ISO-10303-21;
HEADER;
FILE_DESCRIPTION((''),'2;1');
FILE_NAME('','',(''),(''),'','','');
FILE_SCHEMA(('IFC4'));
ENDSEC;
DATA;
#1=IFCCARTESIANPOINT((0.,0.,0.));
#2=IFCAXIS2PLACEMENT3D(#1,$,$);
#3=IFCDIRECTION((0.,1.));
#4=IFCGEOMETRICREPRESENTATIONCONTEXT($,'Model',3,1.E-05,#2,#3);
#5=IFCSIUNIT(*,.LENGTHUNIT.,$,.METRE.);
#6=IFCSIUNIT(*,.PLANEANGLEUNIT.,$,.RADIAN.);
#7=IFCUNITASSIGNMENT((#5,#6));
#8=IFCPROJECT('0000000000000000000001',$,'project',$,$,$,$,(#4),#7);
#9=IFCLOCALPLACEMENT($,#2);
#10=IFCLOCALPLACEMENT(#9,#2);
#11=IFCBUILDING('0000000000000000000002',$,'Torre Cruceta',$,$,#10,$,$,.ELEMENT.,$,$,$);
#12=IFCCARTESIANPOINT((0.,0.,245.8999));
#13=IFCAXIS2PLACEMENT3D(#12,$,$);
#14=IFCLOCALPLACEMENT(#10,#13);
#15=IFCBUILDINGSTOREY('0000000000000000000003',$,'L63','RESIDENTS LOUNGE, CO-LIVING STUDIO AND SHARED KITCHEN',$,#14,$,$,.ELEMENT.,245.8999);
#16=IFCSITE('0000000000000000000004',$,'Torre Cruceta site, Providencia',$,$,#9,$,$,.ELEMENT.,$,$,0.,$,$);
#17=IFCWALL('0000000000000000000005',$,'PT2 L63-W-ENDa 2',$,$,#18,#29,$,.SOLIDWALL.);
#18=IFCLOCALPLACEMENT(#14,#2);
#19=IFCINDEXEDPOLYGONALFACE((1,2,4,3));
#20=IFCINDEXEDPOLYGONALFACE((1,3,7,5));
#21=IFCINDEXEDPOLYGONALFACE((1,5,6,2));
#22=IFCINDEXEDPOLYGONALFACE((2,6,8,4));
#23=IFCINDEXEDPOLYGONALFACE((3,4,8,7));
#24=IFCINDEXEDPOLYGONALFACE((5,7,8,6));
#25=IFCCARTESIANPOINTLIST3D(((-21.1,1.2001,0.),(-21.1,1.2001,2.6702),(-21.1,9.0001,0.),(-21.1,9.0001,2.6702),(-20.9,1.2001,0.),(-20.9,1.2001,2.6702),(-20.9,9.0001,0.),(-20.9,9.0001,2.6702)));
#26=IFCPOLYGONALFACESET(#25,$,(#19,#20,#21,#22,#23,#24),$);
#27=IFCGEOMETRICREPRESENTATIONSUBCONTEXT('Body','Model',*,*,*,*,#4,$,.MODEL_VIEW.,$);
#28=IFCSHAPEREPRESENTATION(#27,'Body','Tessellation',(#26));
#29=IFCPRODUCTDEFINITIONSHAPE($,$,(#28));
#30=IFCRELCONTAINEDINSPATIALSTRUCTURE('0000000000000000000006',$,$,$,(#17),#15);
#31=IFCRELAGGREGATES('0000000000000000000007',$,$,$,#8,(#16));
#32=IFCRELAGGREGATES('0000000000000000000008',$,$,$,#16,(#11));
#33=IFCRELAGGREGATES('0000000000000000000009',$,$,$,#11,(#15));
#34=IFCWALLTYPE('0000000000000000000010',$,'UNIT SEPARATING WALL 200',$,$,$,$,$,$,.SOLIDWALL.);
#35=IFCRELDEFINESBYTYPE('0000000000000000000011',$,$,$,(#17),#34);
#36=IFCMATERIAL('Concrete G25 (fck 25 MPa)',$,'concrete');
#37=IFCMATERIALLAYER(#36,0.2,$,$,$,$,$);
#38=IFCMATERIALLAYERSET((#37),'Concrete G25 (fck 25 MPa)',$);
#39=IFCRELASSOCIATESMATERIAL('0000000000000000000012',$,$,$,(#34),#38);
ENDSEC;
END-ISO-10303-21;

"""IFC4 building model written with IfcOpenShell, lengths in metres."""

from ifc_helpers import new_model, si_unit, direction, frame, frame_2d, origin, place, context, subcontext, project, spatial, rectangle, extrude, material, layer, layer_set, type_object, element, save


model = new_model("IFC4")

# Units and contexts
model_context = context("Model", 3, precision=1e-05, world=origin(), true_north=direction((0.0, 1.0)))
body_context = subcontext(model_context, "Body", "Model", "MODEL_VIEW")
ifc_project = project(units=[si_unit("LENGTHUNIT", "METRE"), si_unit("PLANEANGLEUNIT", "RADIAN")], contexts=[model_context])

# Site, building, storey
site_placement = place(None, origin())
site = spatial("IfcSite", under=ifc_project, at=site_placement, Name="Torre Cruceta site, Providencia", CompositionType="ELEMENT", RefElevation=0.0)
building_placement = place(site_placement, origin())
building = spatial("IfcBuilding", under=site, at=building_placement, Name="Torre Cruceta", CompositionType="ELEMENT")
storey_placement = place(building_placement, frame((0.0, 0.0, 245.8999)))
storey = spatial("IfcBuildingStorey", under=building, at=storey_placement, Name="L63", Description="RESIDENTS LOUNGE, CO-LIVING STUDIO AND SHARED KITCHEN", CompositionType="ELEMENT", Elevation=245.8999)

# Wall
ifc_material_1 = material(Name="Concrete G25 (fck 25 MPa)", Category="concrete")
ifc_layer_1 = layer(ifc_material_1, 0.2)
ifc_layer_set_1 = layer_set([ifc_layer_1], Name="Concrete G25 (fck 25 MPa)")
wall_type_1 = type_object("IfcWallType", Name="UNIT SEPARATING WALL 200", PredefinedType="SOLIDWALL", material=ifc_layer_set_1)
wall_1_placement = place(storey_placement, frame((-21.0, 9.0, 0.0), z_axis=(0.0, 0.0, 1.0), x_axis=(0.0, -1.0, 0.0)))
element("IfcWall", 1, at=wall_1_placement, inside=storey, type_object=wall_type_1, Name="PT2 L63-W-ENDa 2", PredefinedType="SOLIDWALL", context=body_context, shape_type="SweptSolid", body=[
    extrude(rectangle(XDim=7.8, YDim=0.2, at=frame_2d((3.8999, 0.0))), origin(), (0.0, 0.0, 1.0), 2.6702),
])

save(model, "model.ifc")
